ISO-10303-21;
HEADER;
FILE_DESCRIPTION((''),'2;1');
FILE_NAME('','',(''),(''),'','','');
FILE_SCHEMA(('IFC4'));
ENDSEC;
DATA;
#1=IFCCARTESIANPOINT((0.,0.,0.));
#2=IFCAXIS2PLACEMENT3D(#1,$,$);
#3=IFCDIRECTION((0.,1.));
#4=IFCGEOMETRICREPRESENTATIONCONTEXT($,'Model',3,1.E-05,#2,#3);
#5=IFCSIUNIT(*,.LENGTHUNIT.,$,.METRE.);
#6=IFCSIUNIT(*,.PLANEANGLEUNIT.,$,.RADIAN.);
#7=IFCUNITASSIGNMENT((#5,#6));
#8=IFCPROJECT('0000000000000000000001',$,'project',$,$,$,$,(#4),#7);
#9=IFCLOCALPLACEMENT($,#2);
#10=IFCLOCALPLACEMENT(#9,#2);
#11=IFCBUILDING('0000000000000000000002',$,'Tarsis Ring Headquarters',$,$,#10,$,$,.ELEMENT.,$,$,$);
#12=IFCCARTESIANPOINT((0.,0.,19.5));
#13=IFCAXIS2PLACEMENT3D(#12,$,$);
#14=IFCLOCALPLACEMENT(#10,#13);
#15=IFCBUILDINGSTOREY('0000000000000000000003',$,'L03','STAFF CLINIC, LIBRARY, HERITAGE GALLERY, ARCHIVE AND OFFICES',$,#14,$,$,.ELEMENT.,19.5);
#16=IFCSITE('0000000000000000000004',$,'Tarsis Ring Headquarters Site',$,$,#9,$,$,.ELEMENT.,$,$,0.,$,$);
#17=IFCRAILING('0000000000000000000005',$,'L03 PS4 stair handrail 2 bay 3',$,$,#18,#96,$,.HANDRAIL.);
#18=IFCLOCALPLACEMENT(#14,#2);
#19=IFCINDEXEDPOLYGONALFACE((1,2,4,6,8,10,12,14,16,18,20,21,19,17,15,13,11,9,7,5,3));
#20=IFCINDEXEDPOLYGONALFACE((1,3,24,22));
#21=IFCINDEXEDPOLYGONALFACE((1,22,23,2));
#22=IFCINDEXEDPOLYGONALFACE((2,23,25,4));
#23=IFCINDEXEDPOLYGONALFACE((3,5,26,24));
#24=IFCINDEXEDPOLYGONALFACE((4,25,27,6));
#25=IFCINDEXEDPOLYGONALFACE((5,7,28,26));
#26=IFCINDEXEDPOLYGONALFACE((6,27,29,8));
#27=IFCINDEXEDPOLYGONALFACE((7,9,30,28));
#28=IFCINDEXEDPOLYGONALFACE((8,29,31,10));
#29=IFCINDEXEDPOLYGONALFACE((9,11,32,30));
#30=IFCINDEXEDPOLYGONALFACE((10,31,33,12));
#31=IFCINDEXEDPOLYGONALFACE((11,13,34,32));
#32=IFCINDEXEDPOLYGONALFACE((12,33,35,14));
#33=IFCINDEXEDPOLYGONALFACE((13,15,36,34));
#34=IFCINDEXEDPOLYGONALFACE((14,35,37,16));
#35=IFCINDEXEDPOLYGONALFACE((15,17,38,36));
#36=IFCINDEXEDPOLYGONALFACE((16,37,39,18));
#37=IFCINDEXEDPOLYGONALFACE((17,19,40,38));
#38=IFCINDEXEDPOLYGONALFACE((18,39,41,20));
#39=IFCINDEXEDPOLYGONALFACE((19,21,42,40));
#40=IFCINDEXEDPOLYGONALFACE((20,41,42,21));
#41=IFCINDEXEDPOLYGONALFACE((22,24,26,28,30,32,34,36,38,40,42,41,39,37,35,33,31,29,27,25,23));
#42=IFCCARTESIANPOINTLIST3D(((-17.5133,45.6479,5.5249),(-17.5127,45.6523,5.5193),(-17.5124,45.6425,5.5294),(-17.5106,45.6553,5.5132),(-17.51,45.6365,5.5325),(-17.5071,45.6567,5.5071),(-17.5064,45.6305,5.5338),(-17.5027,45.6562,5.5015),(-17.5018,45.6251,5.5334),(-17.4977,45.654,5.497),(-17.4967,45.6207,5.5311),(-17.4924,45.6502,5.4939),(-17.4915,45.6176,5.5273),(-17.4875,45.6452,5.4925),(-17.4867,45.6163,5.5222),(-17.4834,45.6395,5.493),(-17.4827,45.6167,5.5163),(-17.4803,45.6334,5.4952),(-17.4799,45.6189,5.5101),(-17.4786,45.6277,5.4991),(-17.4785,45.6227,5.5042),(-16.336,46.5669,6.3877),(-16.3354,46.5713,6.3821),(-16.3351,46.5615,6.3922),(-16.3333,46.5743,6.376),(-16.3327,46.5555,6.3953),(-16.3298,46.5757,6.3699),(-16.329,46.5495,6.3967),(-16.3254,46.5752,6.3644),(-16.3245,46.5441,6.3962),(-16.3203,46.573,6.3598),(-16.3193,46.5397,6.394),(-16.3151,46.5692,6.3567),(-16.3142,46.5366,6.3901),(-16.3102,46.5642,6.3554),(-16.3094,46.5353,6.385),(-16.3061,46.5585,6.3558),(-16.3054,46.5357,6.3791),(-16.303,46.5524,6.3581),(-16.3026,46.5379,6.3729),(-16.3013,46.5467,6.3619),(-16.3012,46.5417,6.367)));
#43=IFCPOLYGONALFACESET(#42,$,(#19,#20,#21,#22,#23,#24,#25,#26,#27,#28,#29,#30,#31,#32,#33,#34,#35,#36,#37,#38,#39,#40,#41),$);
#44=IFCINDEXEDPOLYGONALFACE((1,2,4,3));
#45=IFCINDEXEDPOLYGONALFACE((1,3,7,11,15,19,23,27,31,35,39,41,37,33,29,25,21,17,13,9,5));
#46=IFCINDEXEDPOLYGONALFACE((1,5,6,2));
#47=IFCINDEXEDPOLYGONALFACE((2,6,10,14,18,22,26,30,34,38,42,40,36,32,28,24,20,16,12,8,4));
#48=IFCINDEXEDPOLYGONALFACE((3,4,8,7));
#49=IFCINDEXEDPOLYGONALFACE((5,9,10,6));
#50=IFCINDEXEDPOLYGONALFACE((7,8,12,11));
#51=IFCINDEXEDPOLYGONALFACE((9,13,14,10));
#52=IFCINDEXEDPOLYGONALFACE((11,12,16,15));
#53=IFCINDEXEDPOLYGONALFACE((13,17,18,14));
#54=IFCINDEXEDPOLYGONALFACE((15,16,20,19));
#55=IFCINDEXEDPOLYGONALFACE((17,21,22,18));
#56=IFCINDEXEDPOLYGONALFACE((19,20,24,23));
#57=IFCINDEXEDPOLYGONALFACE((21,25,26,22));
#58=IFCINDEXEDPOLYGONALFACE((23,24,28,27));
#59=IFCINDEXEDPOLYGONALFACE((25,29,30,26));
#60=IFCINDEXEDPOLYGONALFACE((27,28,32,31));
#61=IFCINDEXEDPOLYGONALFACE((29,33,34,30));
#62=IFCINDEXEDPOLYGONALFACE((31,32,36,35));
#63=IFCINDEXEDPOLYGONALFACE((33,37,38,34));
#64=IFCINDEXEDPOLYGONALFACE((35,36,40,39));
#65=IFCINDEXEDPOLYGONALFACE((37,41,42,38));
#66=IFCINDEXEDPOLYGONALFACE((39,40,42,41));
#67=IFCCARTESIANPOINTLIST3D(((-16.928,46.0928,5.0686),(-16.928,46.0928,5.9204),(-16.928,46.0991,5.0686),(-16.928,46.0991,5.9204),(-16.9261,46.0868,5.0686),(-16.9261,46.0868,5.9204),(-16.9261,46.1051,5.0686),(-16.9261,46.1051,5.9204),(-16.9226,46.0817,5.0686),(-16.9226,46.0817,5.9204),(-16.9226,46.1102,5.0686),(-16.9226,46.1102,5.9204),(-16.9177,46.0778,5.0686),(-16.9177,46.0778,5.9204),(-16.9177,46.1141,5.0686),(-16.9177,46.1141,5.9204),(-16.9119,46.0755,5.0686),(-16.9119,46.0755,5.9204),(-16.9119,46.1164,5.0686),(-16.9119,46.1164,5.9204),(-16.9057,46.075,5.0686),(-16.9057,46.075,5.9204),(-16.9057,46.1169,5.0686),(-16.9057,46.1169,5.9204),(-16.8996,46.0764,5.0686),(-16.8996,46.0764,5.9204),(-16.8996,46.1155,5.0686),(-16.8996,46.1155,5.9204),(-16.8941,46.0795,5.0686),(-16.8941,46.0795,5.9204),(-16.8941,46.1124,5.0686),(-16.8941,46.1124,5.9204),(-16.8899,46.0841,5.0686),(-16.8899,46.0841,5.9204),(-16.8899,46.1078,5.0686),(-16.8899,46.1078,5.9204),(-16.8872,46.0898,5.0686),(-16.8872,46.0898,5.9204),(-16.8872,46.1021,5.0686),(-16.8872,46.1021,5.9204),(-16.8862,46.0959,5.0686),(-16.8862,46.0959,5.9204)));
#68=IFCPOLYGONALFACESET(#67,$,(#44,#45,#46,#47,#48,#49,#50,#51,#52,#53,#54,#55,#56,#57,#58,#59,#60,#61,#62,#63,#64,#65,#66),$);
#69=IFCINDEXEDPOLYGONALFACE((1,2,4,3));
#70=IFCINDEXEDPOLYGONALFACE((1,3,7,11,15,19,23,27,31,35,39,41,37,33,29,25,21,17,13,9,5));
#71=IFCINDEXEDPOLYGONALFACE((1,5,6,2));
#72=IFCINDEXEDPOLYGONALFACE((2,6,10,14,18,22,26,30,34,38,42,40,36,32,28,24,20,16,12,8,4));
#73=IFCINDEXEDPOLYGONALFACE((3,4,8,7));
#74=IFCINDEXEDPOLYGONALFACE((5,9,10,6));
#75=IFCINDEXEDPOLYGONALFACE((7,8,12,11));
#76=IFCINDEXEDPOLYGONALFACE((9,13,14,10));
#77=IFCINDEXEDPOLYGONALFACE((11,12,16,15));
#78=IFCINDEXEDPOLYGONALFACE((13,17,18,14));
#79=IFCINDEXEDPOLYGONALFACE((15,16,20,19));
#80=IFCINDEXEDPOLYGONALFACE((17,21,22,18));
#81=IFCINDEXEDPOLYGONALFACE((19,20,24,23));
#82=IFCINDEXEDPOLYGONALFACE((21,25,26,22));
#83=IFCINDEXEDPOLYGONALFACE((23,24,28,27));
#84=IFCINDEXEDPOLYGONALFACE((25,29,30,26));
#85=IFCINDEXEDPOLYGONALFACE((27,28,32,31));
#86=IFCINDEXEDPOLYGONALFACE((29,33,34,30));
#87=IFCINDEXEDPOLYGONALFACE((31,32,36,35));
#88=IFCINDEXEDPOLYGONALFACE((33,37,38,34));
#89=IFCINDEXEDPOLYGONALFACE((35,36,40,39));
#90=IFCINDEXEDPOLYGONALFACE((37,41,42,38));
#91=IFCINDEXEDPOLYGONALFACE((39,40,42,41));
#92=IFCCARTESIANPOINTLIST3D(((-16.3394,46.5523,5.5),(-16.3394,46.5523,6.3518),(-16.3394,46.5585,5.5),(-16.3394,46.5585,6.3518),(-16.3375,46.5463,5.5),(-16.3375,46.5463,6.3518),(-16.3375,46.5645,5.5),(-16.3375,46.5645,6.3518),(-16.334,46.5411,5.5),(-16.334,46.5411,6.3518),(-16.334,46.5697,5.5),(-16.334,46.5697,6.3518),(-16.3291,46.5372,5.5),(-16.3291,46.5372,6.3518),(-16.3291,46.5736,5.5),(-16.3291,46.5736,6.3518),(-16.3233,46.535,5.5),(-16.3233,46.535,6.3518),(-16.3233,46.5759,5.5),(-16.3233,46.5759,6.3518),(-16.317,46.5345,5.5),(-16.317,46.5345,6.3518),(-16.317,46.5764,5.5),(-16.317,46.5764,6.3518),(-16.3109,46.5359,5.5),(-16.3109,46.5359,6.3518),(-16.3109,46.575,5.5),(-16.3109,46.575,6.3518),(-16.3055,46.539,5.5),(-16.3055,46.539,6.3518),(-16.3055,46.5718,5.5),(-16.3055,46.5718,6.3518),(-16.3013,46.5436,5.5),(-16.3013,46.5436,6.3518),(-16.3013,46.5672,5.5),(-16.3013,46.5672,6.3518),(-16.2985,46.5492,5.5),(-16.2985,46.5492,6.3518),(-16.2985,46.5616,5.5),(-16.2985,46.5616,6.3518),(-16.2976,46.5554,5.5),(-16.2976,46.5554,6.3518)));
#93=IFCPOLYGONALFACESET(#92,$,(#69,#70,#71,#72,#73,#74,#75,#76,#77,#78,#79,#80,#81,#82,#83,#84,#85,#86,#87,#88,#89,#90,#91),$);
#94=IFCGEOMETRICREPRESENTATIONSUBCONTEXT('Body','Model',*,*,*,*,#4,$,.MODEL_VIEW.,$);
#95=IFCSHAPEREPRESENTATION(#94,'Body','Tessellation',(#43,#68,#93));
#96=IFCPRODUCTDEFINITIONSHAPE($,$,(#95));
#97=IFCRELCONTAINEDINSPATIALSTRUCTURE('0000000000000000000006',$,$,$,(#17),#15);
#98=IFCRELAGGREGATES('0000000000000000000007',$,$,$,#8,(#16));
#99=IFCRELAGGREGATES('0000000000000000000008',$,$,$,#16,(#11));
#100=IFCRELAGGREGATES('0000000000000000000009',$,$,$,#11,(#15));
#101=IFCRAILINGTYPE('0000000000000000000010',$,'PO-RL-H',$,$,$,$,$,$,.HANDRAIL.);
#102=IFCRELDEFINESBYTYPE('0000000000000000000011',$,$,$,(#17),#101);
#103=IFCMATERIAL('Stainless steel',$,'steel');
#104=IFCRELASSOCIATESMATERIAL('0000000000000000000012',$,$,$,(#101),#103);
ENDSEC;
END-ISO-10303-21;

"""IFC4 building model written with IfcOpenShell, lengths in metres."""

from ifc_helpers import new_model, si_unit, direction, frame, origin, origin_2d, place, context, subcontext, project, spatial, circle, extrude, material, type_object, element, save


model = new_model("IFC4")

# Units and contexts
model_context = context("Model", 3, precision=1e-05, world=origin(), true_north=direction((0.0, 1.0)))
body_context = subcontext(model_context, "Body", "Model", "MODEL_VIEW")
ifc_project = project(units=[si_unit("LENGTHUNIT", "METRE"), si_unit("PLANEANGLEUNIT", "RADIAN")], contexts=[model_context])

# Site, building, storey
site_placement = place(None, origin())
site = spatial("IfcSite", under=ifc_project, at=site_placement, Name="Tarsis Ring Headquarters Site", CompositionType="ELEMENT", RefElevation=0.0)
building_placement = place(site_placement, origin())
building = spatial("IfcBuilding", under=site, at=building_placement, Name="Tarsis Ring Headquarters", CompositionType="ELEMENT")
storey_placement = place(building_placement, frame((0.0, 0.0, 19.5)))
storey = spatial("IfcBuildingStorey", under=building, at=storey_placement, Name="L03", Description="STAFF CLINIC, LIBRARY, HERITAGE GALLERY, ARCHIVE AND OFFICES", CompositionType="ELEMENT", Elevation=19.5)

# Railing
ifc_material_1 = material(Name="Stainless steel", Category="steel")
railing_type_1 = type_object("IfcRailingType", Name="PO-RL-H", PredefinedType="HANDRAIL", material=ifc_material_1)
railing_1_placement = place(storey_placement, frame((-17.4958, 45.6365, 4.6372)))
element("IfcRailing", 1, at=railing_1_placement, inside=storey, type_object=railing_type_1, Name="L03 PS4 stair handrail 2 bay 3", PredefinedType="HANDRAIL", context=body_context, shape_type="SweptSolid", body=[
    extrude(circle(Radius=0.0239, at=origin_2d()), frame((0.0, 0.0, 0.876), z_axis=(0.682558, 0.532798, 0.500241), x_axis=(-0.61532, 0.788277, 0.0)), (0.0, 0.0, 1.0), 1.7249),
    extrude(circle(Radius=0.021, at=origin_2d()), frame((0.5886, 0.4595, 0.4314)), (0.0, 0.0, 1.0), 0.8518),
    extrude(circle(Radius=0.021, at=origin_2d()), frame((1.1772, 0.9189, 0.8628)), (0.0, 0.0, 1.0), 0.8518),
])

save(model, "model.ifc")
